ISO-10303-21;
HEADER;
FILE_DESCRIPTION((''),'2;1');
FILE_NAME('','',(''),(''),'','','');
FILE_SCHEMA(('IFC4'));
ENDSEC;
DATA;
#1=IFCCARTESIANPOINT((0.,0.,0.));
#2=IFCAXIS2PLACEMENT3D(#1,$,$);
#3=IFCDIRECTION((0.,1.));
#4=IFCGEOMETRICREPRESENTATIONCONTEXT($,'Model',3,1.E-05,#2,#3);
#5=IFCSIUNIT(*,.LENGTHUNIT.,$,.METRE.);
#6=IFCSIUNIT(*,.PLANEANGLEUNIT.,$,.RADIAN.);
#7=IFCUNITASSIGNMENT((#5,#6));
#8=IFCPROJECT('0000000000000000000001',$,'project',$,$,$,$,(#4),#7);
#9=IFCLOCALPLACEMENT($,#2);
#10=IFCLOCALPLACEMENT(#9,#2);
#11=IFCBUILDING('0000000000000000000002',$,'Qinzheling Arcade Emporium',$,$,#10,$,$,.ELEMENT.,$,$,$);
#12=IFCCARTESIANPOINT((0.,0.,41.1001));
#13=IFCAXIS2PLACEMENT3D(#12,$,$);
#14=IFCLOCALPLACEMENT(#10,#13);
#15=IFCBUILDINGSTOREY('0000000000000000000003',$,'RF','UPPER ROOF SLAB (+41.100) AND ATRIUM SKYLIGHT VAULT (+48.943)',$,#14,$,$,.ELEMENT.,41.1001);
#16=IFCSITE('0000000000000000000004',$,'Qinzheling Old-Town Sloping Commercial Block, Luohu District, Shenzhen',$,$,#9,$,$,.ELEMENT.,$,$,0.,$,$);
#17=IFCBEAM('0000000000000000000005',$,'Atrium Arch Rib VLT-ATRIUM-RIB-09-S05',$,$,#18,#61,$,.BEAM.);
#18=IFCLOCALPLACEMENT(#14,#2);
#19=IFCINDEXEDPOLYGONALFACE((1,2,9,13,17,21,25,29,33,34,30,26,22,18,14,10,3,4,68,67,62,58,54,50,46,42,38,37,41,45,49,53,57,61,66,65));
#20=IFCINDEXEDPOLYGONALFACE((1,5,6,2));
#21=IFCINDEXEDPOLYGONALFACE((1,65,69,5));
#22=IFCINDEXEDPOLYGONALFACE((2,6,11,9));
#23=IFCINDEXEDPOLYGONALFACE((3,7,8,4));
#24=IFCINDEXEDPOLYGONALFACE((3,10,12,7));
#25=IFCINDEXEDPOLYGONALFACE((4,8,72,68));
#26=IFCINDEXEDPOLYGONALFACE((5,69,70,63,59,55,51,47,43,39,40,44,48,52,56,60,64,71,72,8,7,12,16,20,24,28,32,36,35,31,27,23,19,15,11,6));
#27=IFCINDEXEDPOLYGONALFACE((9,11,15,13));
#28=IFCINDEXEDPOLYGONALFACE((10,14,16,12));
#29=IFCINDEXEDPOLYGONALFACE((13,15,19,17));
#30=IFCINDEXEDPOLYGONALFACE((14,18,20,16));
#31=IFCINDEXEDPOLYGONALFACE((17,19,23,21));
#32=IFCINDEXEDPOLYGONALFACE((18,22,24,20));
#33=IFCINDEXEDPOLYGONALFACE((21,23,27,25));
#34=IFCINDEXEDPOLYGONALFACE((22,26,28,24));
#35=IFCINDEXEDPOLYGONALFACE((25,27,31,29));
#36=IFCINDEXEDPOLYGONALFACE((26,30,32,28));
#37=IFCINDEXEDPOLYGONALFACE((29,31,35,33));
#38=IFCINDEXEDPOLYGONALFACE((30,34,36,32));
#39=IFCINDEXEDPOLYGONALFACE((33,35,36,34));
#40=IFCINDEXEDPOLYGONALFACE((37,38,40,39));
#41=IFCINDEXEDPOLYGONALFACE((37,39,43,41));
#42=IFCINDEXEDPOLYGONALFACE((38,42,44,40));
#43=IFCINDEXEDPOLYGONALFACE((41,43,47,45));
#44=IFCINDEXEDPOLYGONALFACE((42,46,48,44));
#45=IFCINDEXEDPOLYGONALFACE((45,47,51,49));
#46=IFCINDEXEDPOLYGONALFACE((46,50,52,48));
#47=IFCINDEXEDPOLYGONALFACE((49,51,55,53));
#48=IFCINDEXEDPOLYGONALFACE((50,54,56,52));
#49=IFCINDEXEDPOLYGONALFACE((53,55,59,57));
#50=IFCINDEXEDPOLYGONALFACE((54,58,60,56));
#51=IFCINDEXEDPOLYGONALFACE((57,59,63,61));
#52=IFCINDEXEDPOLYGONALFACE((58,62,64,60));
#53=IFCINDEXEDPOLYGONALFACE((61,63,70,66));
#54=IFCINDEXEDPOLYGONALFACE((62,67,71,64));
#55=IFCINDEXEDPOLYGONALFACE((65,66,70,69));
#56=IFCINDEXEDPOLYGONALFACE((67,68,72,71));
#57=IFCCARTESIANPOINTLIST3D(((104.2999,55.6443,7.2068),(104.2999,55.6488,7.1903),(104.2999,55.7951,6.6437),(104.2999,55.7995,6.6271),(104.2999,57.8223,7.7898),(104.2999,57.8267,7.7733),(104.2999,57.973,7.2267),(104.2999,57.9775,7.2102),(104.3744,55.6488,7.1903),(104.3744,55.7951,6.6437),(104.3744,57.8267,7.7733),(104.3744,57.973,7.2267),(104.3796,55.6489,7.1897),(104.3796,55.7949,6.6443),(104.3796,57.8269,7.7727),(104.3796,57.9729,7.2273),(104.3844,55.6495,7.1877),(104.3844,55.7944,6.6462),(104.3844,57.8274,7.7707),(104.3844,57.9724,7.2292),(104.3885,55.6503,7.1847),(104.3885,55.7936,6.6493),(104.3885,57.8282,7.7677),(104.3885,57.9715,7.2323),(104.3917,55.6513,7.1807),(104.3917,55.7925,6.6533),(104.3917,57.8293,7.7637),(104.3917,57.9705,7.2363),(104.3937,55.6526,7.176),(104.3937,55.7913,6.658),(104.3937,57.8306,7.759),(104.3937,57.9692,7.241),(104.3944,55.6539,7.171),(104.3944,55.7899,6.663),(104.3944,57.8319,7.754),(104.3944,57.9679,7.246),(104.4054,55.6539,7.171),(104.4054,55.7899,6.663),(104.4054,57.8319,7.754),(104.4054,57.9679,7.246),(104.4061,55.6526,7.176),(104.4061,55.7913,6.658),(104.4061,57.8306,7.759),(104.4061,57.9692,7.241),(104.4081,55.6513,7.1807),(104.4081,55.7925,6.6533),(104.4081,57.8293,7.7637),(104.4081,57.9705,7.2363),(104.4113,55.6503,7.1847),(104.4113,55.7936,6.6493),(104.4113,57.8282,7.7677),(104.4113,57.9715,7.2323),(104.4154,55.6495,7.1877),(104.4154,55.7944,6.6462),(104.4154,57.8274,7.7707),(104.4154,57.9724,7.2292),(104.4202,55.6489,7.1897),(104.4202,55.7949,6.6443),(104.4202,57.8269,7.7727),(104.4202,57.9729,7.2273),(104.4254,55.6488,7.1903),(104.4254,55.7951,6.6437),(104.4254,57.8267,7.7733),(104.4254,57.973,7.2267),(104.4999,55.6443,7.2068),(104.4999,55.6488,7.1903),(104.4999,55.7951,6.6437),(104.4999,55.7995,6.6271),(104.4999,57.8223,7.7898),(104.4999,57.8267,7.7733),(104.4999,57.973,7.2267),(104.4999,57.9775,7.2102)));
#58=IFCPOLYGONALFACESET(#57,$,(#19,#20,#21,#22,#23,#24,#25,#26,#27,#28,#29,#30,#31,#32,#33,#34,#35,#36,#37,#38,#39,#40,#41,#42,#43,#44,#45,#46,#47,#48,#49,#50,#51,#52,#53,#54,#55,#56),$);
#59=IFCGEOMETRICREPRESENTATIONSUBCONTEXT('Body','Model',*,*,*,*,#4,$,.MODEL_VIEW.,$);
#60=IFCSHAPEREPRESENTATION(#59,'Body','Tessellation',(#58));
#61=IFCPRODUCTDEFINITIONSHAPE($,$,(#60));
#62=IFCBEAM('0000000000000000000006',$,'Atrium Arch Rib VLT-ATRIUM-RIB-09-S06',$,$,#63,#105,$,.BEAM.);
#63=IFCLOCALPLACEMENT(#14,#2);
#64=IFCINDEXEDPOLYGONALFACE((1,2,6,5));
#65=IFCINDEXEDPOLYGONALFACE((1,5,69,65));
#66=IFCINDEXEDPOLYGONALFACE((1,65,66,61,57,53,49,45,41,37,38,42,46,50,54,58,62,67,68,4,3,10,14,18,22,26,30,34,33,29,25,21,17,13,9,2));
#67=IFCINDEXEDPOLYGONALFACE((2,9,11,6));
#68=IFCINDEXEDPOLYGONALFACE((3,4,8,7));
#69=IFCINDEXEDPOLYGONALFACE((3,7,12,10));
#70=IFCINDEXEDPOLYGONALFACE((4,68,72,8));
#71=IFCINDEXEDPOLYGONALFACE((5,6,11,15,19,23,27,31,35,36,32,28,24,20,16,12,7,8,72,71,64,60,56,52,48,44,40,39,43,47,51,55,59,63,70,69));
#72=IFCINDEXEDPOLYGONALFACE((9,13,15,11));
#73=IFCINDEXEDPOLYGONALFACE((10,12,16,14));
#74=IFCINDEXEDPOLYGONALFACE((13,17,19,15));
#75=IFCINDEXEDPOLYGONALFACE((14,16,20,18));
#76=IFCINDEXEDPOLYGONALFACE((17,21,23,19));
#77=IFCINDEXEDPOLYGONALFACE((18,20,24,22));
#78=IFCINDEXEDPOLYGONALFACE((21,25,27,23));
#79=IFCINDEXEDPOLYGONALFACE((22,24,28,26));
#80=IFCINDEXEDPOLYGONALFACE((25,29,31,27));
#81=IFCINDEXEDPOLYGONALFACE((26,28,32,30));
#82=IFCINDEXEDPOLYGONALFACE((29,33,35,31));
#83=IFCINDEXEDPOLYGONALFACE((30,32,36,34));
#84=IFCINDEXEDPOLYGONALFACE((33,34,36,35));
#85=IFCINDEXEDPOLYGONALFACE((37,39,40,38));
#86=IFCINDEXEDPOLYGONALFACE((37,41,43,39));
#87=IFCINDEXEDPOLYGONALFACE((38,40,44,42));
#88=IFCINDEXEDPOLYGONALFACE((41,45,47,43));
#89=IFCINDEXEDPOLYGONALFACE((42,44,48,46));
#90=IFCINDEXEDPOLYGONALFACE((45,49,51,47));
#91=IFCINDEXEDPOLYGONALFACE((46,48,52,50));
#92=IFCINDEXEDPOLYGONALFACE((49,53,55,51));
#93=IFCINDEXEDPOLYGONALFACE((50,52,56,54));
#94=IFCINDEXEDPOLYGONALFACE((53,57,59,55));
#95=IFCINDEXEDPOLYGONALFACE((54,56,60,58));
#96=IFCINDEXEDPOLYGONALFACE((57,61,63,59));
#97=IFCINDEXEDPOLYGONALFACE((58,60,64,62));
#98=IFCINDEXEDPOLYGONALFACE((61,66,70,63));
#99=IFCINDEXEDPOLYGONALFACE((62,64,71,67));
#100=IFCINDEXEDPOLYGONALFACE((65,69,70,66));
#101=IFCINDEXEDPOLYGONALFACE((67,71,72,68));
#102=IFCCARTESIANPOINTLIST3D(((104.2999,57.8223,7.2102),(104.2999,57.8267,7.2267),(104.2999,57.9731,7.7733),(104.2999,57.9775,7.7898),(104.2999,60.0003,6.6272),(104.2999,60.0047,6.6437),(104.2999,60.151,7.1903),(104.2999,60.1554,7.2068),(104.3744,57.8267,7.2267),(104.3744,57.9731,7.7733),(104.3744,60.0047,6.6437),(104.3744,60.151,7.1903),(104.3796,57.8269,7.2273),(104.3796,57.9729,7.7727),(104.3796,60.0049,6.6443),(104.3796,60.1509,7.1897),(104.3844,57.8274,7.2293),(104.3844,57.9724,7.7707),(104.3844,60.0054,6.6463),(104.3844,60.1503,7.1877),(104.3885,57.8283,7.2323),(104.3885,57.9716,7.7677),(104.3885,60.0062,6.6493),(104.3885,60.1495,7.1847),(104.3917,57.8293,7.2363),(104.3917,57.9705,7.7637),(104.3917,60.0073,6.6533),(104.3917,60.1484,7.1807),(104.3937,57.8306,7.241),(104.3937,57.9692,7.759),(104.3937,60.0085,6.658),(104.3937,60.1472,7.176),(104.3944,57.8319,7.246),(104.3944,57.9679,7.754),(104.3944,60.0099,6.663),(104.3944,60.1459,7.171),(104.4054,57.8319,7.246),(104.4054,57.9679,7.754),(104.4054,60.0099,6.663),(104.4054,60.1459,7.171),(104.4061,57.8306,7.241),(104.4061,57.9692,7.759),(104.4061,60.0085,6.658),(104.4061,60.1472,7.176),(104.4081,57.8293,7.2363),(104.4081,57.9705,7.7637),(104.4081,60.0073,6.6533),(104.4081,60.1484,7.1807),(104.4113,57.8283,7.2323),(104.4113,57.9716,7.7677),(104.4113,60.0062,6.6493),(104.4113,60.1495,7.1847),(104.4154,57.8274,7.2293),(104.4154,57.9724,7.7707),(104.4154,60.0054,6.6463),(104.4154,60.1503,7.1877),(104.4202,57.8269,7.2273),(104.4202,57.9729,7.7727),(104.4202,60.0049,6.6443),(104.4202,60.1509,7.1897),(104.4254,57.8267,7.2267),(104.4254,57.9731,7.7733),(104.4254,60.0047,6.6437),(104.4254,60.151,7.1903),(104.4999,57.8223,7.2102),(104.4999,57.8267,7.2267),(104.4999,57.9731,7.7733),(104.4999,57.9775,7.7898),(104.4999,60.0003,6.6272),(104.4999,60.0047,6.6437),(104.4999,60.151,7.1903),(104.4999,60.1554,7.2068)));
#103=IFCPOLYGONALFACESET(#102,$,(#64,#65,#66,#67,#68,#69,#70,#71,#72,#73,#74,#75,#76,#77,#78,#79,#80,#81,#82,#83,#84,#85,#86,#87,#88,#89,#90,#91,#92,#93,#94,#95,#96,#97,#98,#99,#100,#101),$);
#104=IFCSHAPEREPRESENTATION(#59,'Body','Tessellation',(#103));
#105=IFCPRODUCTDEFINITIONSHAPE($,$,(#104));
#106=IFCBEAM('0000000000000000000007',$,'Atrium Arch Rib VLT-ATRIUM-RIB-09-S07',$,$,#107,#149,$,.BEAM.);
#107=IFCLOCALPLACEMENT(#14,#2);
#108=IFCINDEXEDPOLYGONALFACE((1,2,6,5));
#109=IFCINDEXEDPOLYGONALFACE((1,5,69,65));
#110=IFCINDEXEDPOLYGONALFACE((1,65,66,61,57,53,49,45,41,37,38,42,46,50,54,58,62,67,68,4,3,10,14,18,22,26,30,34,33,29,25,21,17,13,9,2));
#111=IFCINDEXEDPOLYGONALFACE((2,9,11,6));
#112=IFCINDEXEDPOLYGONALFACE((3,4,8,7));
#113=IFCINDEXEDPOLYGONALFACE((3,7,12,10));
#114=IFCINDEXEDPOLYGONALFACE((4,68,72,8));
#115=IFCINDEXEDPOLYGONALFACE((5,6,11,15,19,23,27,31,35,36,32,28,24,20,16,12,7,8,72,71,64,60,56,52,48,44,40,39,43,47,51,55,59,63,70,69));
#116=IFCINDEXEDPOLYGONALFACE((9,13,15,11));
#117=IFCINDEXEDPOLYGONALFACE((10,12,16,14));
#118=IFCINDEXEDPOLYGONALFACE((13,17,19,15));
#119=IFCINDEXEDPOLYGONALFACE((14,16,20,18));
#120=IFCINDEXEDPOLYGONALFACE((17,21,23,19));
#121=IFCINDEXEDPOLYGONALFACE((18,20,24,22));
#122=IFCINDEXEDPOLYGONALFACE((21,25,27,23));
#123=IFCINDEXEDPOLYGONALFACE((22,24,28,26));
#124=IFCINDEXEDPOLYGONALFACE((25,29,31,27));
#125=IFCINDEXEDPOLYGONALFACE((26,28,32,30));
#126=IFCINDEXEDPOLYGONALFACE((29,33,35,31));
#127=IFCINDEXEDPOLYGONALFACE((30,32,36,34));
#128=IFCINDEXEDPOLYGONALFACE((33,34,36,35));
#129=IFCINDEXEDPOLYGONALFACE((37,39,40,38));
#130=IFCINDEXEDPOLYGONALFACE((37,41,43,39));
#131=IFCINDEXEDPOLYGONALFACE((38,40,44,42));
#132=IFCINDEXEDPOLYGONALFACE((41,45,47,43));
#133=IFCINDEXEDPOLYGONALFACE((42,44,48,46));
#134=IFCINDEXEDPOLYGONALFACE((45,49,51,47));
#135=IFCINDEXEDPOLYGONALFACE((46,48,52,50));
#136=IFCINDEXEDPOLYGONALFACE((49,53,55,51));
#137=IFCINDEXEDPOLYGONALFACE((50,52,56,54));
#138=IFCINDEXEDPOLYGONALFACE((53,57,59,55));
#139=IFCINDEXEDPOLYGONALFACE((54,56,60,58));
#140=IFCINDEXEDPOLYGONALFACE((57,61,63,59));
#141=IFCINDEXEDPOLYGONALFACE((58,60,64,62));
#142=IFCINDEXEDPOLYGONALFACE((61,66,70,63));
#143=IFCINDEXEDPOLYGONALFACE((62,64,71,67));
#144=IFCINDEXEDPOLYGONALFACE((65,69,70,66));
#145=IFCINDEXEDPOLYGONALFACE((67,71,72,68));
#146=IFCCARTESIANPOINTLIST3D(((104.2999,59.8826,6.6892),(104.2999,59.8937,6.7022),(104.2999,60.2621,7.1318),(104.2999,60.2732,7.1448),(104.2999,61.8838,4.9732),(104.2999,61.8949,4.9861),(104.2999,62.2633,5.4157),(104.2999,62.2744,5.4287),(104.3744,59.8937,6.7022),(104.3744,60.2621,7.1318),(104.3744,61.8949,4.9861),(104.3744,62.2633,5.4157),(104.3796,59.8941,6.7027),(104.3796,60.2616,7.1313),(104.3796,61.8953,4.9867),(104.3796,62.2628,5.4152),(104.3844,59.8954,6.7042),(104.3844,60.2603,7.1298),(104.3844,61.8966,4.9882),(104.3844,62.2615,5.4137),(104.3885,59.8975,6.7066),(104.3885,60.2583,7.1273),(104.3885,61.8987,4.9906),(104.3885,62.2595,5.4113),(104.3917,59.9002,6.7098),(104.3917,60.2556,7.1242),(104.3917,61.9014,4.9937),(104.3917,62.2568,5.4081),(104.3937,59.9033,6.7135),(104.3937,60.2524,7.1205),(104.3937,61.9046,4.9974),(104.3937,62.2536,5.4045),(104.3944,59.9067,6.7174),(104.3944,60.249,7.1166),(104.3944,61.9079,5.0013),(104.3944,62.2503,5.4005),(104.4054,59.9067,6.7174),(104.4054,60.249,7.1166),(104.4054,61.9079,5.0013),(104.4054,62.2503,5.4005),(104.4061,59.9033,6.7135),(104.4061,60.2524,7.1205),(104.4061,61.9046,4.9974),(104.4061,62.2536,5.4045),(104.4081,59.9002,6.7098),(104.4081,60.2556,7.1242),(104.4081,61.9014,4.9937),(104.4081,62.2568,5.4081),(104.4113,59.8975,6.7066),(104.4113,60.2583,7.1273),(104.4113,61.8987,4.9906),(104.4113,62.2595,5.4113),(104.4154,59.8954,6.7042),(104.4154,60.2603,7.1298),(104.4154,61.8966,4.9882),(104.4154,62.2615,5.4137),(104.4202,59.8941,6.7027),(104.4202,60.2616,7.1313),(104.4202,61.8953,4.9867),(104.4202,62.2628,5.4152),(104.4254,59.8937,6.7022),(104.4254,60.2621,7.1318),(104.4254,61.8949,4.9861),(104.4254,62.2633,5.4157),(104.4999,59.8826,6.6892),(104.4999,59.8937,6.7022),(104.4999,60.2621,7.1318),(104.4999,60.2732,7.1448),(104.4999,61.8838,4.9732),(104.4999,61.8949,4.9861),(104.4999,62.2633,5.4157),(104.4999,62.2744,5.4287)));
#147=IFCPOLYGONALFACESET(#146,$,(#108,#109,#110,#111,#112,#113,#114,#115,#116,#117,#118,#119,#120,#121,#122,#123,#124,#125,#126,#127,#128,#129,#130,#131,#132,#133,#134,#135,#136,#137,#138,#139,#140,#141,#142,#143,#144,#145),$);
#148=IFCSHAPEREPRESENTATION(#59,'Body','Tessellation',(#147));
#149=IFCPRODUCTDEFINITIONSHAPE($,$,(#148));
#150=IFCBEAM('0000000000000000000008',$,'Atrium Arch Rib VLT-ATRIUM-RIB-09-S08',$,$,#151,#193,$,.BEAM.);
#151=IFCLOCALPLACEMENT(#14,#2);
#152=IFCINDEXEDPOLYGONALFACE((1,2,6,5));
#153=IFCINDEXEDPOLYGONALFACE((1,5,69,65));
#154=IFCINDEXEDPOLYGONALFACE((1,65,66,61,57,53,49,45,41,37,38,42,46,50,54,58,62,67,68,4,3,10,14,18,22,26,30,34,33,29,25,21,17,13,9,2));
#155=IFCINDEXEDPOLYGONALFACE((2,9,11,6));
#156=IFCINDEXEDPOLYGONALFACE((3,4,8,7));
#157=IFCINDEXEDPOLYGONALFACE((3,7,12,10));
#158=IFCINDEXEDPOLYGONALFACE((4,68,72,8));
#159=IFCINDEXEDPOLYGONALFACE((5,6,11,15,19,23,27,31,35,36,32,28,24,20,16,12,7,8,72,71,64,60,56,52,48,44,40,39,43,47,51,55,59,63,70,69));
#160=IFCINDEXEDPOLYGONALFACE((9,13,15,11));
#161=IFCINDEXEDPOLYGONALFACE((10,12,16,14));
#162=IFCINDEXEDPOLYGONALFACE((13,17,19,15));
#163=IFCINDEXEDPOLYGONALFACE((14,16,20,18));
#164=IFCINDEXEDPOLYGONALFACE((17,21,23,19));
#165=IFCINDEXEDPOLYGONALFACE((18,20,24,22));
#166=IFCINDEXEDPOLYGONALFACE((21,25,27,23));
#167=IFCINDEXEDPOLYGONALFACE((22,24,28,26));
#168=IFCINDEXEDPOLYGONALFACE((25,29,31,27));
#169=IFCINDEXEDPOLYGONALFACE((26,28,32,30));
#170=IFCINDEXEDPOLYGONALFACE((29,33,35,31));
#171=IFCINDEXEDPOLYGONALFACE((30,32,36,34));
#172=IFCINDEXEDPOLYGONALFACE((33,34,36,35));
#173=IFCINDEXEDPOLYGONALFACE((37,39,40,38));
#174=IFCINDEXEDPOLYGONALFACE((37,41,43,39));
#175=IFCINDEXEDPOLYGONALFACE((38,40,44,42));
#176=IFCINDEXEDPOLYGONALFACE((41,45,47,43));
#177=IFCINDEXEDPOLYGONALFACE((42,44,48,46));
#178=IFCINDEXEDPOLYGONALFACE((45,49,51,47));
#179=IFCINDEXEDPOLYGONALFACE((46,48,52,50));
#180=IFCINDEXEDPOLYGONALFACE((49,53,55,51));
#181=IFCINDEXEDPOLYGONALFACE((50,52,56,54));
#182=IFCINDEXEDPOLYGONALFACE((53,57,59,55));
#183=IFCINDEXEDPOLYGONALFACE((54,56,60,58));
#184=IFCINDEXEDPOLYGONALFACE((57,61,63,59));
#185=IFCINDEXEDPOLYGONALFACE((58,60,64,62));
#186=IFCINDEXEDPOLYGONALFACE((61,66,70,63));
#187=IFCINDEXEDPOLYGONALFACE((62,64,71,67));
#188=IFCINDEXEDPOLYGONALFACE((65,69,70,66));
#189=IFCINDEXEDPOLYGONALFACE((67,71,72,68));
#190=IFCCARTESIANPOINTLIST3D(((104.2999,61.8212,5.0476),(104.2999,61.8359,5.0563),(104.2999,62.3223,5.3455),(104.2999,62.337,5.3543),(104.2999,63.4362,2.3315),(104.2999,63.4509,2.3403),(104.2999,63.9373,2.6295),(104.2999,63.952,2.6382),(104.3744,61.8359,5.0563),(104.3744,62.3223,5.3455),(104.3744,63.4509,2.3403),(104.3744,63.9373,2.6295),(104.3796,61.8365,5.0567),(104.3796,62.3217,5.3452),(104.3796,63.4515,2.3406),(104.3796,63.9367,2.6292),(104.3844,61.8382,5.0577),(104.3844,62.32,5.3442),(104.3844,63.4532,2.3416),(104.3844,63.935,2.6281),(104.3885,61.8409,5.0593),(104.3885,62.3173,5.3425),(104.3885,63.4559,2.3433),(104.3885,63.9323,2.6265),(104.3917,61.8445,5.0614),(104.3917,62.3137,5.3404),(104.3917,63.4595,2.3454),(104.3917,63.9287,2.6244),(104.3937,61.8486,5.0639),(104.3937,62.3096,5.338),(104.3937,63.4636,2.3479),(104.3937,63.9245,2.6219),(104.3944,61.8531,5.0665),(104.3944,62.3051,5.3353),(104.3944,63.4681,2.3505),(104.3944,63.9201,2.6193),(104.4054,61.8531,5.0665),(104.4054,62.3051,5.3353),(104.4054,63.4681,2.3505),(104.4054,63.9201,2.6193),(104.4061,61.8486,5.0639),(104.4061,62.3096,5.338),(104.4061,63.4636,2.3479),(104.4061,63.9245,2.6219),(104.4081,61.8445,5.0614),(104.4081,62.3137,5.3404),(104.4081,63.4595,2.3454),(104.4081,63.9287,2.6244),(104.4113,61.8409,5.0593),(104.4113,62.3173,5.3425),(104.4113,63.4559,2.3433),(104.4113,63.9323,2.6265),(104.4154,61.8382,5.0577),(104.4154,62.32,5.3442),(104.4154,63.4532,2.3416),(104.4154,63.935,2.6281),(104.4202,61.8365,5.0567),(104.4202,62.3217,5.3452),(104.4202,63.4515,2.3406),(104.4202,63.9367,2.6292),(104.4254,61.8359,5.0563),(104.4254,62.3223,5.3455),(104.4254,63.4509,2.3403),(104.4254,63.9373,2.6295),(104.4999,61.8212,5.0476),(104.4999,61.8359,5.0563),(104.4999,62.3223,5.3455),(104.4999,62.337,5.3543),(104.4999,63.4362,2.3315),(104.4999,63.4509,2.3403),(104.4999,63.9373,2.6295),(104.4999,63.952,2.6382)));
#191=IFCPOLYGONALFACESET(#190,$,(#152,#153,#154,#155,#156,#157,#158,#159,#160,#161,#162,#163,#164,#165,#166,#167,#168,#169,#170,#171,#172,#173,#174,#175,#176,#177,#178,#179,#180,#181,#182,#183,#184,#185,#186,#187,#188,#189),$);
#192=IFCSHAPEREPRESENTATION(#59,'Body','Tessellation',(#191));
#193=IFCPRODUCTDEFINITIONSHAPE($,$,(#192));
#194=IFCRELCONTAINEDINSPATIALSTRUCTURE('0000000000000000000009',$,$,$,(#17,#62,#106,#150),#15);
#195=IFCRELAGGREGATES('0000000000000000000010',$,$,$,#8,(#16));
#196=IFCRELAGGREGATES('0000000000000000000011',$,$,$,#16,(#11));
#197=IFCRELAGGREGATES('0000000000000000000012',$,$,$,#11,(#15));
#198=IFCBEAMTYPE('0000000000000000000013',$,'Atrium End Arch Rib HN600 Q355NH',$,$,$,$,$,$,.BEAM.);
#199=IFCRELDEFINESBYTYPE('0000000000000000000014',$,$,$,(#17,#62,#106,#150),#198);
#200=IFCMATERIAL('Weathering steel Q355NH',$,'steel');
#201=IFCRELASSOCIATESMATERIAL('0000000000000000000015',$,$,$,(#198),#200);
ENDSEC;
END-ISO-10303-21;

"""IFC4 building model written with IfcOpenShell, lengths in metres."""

from ifc_helpers import new_model, si_unit, direction, frame, origin, origin_2d, place, context, subcontext, project, spatial, i_section, extrude, material, material_profile, profile_set, type_object, element, save


model = new_model("IFC4")

# Units and contexts
model_context = context("Model", 3, precision=1e-05, world=origin(), true_north=direction((0.0, 1.0)))
body_context = subcontext(model_context, "Body", "Model", "MODEL_VIEW")
ifc_project = project(units=[si_unit("LENGTHUNIT", "METRE"), si_unit("PLANEANGLEUNIT", "RADIAN")], contexts=[model_context])

# Site, building, storey
site_placement = place(None, origin())
site = spatial("IfcSite", under=ifc_project, at=site_placement, Name="Qinzheling Old-Town Sloping Commercial Block, Luohu District, Shenzhen", CompositionType="ELEMENT", RefElevation=0.0)
building_placement = place(site_placement, origin())
building = spatial("IfcBuilding", under=site, at=building_placement, Name="Qinzheling Arcade Emporium", CompositionType="ELEMENT")
storey_placement = place(building_placement, frame((0.0, 0.0, 41.1001)))
storey = spatial("IfcBuildingStorey", under=building, at=storey_placement, Name="RF", Description="UPPER ROOF SLAB (+41.100) AND ATRIUM SKYLIGHT VAULT (+48.943)", CompositionType="ELEMENT", Elevation=41.1001)

# Beams
ifc_material_1 = material(Name="Weathering steel Q355NH", Category="steel")
ifc_material_profile_1 = material_profile(ifc_material_1, i_section(OverallWidth=0.2, OverallDepth=0.6001, WebThickness=0.011, FlangeThickness=0.0171, FilletRadius=0.02, at=origin_2d()), Name="HN 600x200x11x17", Category="steel")
ifc_profile_set_1 = profile_set([ifc_material_profile_1], Name="Weathering steel Q355NH")
beam_type_1 = type_object("IfcBeamType", Name="Atrium End Arch Rib HN600 Q355NH", PredefinedType="BEAM", material=ifc_profile_set_1)
for number, where, z_axis, x_axis, name in (
    (1, (104.3999, 55.7219, 6.917), (0.0, 0.96599, 0.258579), (-1.0, 0.0, 0.0), "Atrium Arch Rib VLT-ATRIUM-RIB-09-S05"),
    (2, (104.3999, 57.8999, 7.5), (0.0, 0.96599, -0.258579), (-1.0, 0.0, 0.0), "Atrium Arch Rib VLT-ATRIUM-RIB-09-S06"),
):
    element("IfcBeam", number, at=place(storey_placement, frame(where, z_axis=z_axis, x_axis=x_axis)), inside=storey, type_object=beam_type_1, Name=name, PredefinedType="BEAM", context=body_context, shape_type="SweptSolid", body=[
        extrude(i_section(OverallWidth=0.2, OverallDepth=0.6001, WebThickness=0.011, FlangeThickness=0.0171, FilletRadius=0.02, at=origin_2d()), origin(), (0.0, 0.0, 1.0), 2.2546),
    ])
beam_1_placement = place(storey_placement, frame((104.3999, 60.0779, 6.917), z_axis=(0.0, 0.759119, -0.650952), x_axis=(-1.0, 0.0, 0.0)))
element("IfcBeam", 3, at=beam_1_placement, inside=storey, type_object=beam_type_1, Name="Atrium Arch Rib VLT-ATRIUM-RIB-09-S07", PredefinedType="BEAM", context=body_context, shape_type="SweptSolid", body=[
    extrude(i_section(OverallWidth=0.2, OverallDepth=0.6001, WebThickness=0.011, FlangeThickness=0.0171, FilletRadius=0.02, at=origin_2d()), origin(), (0.0, 0.0, 1.0), 2.6362),
])
beam_2_placement = place(storey_placement, frame((104.3999, 62.0791, 5.2009), z_axis=(0.0, 0.511083, -0.859531), x_axis=(-1.0, 0.0, 0.0)))
element("IfcBeam", 4, at=beam_2_placement, inside=storey, type_object=beam_type_1, Name="Atrium Arch Rib VLT-ATRIUM-RIB-09-S08", PredefinedType="BEAM", context=body_context, shape_type="SweptSolid", body=[
    extrude(i_section(OverallWidth=0.2, OverallDepth=0.6001, WebThickness=0.011, FlangeThickness=0.0171, FilletRadius=0.02, at=origin_2d()), origin(), (0.0, 0.0, 1.0), 3.1599),
])

save(model, "model.ifc")
